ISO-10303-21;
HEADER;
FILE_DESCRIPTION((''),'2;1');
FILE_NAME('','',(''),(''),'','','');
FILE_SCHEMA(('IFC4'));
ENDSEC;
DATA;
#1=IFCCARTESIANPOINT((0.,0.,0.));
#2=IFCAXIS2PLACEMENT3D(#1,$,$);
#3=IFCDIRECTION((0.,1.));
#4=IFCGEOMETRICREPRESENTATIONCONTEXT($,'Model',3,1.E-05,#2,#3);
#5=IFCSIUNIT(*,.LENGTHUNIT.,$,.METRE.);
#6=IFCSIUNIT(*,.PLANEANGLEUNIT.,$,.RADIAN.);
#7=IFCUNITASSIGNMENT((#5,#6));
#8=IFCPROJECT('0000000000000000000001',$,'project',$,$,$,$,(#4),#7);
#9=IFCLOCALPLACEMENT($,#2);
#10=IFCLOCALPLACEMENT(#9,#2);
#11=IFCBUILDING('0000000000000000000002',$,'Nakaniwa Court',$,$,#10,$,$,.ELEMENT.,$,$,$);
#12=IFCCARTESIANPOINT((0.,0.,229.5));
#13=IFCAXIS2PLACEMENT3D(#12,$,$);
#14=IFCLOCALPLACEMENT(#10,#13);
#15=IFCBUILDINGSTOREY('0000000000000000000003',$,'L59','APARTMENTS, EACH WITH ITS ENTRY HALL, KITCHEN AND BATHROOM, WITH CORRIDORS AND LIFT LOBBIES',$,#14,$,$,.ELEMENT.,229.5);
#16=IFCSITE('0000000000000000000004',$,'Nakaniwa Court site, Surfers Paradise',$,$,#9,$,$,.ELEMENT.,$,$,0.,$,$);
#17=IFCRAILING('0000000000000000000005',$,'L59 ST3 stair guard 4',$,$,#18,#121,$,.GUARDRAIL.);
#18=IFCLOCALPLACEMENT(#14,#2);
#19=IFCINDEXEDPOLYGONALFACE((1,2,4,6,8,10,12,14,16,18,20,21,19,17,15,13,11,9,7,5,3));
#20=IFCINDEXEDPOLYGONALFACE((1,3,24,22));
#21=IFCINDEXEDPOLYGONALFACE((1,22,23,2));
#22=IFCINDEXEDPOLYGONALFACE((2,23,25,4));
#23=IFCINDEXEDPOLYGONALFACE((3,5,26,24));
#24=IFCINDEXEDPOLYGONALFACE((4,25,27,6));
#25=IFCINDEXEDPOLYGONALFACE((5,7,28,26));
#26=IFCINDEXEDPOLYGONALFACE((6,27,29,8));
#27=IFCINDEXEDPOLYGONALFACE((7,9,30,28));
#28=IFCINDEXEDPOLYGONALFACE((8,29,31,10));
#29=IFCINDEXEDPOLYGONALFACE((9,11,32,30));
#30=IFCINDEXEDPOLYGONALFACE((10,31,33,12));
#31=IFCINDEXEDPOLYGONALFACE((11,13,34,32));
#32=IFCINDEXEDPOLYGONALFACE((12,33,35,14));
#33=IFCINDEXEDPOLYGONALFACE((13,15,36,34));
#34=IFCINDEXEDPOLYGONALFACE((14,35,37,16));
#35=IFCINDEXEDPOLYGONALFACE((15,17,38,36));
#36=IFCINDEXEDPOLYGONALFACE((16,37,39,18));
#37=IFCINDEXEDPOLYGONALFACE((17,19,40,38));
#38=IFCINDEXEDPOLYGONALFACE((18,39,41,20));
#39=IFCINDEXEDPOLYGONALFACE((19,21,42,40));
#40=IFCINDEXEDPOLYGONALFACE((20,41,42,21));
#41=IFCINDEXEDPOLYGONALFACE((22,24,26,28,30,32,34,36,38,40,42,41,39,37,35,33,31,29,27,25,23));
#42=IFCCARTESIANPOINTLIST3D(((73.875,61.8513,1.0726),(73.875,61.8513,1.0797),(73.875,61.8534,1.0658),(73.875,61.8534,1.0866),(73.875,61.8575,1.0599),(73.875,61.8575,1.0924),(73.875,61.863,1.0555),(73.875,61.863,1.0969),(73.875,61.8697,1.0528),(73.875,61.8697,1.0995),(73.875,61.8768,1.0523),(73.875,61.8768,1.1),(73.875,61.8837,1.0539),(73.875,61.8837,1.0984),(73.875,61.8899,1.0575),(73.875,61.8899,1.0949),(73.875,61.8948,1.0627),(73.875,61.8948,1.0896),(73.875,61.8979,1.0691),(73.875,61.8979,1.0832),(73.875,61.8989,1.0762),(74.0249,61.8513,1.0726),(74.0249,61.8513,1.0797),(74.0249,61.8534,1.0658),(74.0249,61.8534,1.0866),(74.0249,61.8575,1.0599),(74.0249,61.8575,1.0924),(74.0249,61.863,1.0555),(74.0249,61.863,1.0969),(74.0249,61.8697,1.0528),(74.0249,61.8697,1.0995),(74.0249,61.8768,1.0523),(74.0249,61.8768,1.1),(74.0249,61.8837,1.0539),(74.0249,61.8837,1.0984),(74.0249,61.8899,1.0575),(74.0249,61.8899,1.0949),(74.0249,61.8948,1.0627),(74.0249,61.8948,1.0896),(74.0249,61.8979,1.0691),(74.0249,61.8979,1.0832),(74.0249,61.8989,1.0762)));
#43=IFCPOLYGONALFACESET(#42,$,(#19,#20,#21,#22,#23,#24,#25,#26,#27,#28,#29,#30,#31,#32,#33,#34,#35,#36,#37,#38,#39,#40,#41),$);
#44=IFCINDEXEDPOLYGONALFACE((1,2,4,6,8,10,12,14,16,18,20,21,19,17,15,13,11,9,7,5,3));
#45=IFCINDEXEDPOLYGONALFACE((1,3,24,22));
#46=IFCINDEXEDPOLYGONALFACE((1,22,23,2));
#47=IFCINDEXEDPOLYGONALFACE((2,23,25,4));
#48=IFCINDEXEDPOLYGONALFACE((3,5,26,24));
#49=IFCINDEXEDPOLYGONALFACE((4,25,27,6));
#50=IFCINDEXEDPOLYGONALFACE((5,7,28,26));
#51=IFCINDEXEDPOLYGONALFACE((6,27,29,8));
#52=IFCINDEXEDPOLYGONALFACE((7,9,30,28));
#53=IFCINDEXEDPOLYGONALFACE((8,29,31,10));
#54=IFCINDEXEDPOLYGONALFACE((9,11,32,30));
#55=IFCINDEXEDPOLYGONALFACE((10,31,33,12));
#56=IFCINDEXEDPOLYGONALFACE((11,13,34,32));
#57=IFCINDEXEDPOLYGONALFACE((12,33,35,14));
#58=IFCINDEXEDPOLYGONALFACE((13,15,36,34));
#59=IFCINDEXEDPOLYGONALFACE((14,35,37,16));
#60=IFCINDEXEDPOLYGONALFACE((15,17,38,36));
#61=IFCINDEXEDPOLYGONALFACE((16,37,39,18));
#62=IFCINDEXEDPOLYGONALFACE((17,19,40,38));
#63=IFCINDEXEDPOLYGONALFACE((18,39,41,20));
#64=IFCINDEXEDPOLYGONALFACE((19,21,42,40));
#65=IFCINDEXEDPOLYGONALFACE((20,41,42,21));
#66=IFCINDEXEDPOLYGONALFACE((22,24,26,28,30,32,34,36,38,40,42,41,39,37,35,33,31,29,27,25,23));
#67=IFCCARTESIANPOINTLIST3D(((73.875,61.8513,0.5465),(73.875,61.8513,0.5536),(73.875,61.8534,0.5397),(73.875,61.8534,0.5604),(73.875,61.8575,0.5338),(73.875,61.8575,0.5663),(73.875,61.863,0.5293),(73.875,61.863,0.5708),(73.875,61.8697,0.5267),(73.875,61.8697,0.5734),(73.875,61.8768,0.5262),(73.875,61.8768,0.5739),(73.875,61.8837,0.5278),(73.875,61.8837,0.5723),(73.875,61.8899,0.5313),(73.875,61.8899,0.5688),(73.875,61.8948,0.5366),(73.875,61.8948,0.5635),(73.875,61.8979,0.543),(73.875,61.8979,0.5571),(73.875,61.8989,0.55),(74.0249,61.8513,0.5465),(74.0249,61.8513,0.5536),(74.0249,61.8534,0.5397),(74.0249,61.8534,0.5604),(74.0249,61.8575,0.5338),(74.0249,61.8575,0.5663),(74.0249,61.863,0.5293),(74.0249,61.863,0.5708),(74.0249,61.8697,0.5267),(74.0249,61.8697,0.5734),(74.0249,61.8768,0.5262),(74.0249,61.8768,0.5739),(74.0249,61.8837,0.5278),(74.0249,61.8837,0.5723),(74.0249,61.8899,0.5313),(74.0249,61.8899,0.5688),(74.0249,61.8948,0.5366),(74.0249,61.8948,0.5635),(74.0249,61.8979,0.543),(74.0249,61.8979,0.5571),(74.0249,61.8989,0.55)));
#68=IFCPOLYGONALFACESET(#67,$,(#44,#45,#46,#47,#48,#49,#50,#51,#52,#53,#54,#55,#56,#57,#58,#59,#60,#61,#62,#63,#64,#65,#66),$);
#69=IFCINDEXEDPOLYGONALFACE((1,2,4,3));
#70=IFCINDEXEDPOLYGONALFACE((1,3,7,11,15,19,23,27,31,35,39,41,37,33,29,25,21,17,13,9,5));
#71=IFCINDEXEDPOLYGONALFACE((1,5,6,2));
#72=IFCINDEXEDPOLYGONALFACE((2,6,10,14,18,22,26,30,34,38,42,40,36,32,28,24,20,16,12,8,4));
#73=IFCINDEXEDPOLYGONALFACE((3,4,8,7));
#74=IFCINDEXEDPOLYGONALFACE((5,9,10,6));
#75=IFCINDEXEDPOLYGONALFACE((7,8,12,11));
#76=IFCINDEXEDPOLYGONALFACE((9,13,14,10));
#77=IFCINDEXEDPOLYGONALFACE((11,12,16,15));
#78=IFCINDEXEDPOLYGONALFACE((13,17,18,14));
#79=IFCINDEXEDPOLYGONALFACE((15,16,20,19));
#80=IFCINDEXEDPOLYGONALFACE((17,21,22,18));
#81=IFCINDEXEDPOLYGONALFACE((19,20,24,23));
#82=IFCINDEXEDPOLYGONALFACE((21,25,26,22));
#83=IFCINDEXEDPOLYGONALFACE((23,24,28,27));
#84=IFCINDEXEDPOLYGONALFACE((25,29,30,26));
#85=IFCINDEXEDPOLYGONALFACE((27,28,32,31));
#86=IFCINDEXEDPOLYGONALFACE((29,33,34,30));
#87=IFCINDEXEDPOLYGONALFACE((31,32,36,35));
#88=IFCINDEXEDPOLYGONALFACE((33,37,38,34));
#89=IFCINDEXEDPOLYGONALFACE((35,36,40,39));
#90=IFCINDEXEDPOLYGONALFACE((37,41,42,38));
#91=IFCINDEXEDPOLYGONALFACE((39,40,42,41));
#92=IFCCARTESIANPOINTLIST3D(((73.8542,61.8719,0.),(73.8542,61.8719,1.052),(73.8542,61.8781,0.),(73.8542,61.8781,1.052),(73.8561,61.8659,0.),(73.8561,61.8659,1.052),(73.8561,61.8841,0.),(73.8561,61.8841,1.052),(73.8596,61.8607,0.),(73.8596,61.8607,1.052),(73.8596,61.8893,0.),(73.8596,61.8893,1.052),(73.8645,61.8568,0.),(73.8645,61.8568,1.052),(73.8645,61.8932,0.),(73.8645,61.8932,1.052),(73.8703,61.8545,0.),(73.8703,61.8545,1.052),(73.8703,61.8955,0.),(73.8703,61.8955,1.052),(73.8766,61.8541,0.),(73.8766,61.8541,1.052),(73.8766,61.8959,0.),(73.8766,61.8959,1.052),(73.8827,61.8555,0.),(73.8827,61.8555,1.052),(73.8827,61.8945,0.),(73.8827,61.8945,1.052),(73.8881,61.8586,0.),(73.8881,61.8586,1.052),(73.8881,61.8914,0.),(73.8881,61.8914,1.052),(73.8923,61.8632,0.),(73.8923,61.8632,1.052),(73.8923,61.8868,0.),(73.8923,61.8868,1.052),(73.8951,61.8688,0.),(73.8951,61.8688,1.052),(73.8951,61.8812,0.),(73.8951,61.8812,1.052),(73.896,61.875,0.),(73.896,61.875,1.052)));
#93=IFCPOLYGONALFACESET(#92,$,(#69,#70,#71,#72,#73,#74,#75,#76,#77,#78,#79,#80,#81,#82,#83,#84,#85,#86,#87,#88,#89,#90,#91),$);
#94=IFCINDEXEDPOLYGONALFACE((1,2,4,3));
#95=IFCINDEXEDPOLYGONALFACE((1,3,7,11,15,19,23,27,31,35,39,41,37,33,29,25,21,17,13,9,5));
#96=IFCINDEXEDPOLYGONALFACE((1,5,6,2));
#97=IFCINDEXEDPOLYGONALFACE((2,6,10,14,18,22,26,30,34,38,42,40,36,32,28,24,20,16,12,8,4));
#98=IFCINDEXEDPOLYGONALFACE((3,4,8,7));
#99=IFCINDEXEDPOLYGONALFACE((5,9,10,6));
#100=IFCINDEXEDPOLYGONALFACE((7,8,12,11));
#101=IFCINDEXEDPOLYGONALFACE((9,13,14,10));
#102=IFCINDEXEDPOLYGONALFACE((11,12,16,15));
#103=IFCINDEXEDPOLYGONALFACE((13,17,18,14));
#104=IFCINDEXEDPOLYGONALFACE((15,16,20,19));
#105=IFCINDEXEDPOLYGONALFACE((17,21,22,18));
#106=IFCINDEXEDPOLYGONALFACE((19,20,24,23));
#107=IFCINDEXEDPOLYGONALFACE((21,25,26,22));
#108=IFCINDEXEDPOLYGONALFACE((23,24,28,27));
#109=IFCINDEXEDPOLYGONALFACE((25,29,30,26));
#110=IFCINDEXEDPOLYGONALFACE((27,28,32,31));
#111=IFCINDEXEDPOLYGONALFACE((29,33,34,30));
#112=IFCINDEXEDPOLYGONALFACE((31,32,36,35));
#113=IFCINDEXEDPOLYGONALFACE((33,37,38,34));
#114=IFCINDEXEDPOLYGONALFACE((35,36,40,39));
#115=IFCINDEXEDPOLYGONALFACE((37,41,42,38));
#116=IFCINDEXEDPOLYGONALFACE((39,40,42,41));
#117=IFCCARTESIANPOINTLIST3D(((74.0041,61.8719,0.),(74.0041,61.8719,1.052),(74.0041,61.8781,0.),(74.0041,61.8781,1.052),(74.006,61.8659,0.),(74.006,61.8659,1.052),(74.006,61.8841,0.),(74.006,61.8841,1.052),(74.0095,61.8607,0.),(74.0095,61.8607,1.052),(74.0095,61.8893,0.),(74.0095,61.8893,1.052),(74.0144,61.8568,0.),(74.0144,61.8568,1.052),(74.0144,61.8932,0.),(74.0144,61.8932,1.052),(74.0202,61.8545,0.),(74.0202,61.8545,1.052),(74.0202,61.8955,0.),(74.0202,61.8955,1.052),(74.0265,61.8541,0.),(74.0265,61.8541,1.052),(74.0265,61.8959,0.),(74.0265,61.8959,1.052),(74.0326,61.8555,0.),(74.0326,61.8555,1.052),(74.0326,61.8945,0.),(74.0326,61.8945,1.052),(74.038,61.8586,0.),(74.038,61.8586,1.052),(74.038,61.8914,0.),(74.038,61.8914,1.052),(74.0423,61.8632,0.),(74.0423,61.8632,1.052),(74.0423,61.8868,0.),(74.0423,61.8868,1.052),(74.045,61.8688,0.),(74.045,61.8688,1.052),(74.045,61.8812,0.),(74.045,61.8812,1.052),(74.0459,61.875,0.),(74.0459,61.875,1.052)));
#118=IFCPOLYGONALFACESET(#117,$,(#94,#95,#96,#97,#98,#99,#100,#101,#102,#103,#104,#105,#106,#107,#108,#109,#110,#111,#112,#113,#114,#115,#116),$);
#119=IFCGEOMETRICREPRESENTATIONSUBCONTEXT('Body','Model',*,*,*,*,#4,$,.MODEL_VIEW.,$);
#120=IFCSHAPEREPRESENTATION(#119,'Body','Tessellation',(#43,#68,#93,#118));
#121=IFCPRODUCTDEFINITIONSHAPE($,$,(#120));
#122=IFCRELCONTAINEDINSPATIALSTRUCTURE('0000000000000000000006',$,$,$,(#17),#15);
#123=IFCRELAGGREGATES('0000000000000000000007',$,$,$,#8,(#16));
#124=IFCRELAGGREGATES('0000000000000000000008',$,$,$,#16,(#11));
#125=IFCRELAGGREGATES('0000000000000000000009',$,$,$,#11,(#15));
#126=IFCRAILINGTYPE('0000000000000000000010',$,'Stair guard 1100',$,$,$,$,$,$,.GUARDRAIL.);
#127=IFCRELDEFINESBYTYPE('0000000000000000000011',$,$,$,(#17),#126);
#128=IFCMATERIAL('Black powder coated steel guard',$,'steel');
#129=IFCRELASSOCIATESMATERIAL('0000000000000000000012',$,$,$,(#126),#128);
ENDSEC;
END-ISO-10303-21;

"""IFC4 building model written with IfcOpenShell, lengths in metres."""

from ifc_helpers import new_model, si_unit, direction, frame, origin, origin_2d, place, context, subcontext, project, spatial, circle, extrude, material, type_object, element, save


model = new_model("IFC4")

# Units and contexts
model_context = context("Model", 3, precision=1e-05, world=origin(), true_north=direction((0.0, 1.0)))
body_context = subcontext(model_context, "Body", "Model", "MODEL_VIEW")
ifc_project = project(units=[si_unit("LENGTHUNIT", "METRE"), si_unit("PLANEANGLEUNIT", "RADIAN")], contexts=[model_context])

# Site, building, storey
site_placement = place(None, origin())
site = spatial("IfcSite", under=ifc_project, at=site_placement, Name="Nakaniwa Court site, Surfers Paradise", CompositionType="ELEMENT", RefElevation=0.0)
building_placement = place(site_placement, origin())
building = spatial("IfcBuilding", under=site, at=building_placement, Name="Nakaniwa Court", CompositionType="ELEMENT")
storey_placement = place(building_placement, frame((0.0, 0.0, 229.5)))
storey = spatial("IfcBuildingStorey", under=building, at=storey_placement, Name="L59", Description="APARTMENTS, EACH WITH ITS ENTRY HALL, KITCHEN AND BATHROOM, WITH CORRIDORS AND LIFT LOBBIES", CompositionType="ELEMENT", Elevation=229.5)

# Railing
ifc_material_1 = material(Name="Black powder coated steel guard", Category="steel")
railing_type_1 = type_object("IfcRailingType", Name="Stair guard 1100", PredefinedType="GUARDRAIL", material=ifc_material_1)
railing_1_placement = place(storey_placement, frame((73.875, 61.875, 0.0)))
element("IfcRailing", 1, at=railing_1_placement, inside=storey, type_object=railing_type_1, Name="L59 ST3 stair guard 4", PredefinedType="GUARDRAIL", context=body_context, shape_type="SweptSolid", body=[
    extrude(circle(Radius=0.0239, at=origin_2d()), frame((0.0, 0.0, 1.0762), z_axis=(1.0, 0.0, 0.0), x_axis=(0.0, 1.0, 0.0)), (0.0, 0.0, 1.0), 0.1499),
    extrude(circle(Radius=0.0239, at=origin_2d()), frame((0.0, 0.0, 0.55), z_axis=(1.0, 0.0, 0.0), x_axis=(0.0, 1.0, 0.0)), (0.0, 0.0, 1.0), 0.1499),
    extrude(circle(Radius=0.021, at=origin_2d()), origin(), (0.0, 0.0, 1.0), 1.052),
    extrude(circle(Radius=0.021, at=origin_2d()), frame((0.1499, 0.0, 0.0)), (0.0, 0.0, 1.0), 1.052),
])

save(model, "model.ifc")
